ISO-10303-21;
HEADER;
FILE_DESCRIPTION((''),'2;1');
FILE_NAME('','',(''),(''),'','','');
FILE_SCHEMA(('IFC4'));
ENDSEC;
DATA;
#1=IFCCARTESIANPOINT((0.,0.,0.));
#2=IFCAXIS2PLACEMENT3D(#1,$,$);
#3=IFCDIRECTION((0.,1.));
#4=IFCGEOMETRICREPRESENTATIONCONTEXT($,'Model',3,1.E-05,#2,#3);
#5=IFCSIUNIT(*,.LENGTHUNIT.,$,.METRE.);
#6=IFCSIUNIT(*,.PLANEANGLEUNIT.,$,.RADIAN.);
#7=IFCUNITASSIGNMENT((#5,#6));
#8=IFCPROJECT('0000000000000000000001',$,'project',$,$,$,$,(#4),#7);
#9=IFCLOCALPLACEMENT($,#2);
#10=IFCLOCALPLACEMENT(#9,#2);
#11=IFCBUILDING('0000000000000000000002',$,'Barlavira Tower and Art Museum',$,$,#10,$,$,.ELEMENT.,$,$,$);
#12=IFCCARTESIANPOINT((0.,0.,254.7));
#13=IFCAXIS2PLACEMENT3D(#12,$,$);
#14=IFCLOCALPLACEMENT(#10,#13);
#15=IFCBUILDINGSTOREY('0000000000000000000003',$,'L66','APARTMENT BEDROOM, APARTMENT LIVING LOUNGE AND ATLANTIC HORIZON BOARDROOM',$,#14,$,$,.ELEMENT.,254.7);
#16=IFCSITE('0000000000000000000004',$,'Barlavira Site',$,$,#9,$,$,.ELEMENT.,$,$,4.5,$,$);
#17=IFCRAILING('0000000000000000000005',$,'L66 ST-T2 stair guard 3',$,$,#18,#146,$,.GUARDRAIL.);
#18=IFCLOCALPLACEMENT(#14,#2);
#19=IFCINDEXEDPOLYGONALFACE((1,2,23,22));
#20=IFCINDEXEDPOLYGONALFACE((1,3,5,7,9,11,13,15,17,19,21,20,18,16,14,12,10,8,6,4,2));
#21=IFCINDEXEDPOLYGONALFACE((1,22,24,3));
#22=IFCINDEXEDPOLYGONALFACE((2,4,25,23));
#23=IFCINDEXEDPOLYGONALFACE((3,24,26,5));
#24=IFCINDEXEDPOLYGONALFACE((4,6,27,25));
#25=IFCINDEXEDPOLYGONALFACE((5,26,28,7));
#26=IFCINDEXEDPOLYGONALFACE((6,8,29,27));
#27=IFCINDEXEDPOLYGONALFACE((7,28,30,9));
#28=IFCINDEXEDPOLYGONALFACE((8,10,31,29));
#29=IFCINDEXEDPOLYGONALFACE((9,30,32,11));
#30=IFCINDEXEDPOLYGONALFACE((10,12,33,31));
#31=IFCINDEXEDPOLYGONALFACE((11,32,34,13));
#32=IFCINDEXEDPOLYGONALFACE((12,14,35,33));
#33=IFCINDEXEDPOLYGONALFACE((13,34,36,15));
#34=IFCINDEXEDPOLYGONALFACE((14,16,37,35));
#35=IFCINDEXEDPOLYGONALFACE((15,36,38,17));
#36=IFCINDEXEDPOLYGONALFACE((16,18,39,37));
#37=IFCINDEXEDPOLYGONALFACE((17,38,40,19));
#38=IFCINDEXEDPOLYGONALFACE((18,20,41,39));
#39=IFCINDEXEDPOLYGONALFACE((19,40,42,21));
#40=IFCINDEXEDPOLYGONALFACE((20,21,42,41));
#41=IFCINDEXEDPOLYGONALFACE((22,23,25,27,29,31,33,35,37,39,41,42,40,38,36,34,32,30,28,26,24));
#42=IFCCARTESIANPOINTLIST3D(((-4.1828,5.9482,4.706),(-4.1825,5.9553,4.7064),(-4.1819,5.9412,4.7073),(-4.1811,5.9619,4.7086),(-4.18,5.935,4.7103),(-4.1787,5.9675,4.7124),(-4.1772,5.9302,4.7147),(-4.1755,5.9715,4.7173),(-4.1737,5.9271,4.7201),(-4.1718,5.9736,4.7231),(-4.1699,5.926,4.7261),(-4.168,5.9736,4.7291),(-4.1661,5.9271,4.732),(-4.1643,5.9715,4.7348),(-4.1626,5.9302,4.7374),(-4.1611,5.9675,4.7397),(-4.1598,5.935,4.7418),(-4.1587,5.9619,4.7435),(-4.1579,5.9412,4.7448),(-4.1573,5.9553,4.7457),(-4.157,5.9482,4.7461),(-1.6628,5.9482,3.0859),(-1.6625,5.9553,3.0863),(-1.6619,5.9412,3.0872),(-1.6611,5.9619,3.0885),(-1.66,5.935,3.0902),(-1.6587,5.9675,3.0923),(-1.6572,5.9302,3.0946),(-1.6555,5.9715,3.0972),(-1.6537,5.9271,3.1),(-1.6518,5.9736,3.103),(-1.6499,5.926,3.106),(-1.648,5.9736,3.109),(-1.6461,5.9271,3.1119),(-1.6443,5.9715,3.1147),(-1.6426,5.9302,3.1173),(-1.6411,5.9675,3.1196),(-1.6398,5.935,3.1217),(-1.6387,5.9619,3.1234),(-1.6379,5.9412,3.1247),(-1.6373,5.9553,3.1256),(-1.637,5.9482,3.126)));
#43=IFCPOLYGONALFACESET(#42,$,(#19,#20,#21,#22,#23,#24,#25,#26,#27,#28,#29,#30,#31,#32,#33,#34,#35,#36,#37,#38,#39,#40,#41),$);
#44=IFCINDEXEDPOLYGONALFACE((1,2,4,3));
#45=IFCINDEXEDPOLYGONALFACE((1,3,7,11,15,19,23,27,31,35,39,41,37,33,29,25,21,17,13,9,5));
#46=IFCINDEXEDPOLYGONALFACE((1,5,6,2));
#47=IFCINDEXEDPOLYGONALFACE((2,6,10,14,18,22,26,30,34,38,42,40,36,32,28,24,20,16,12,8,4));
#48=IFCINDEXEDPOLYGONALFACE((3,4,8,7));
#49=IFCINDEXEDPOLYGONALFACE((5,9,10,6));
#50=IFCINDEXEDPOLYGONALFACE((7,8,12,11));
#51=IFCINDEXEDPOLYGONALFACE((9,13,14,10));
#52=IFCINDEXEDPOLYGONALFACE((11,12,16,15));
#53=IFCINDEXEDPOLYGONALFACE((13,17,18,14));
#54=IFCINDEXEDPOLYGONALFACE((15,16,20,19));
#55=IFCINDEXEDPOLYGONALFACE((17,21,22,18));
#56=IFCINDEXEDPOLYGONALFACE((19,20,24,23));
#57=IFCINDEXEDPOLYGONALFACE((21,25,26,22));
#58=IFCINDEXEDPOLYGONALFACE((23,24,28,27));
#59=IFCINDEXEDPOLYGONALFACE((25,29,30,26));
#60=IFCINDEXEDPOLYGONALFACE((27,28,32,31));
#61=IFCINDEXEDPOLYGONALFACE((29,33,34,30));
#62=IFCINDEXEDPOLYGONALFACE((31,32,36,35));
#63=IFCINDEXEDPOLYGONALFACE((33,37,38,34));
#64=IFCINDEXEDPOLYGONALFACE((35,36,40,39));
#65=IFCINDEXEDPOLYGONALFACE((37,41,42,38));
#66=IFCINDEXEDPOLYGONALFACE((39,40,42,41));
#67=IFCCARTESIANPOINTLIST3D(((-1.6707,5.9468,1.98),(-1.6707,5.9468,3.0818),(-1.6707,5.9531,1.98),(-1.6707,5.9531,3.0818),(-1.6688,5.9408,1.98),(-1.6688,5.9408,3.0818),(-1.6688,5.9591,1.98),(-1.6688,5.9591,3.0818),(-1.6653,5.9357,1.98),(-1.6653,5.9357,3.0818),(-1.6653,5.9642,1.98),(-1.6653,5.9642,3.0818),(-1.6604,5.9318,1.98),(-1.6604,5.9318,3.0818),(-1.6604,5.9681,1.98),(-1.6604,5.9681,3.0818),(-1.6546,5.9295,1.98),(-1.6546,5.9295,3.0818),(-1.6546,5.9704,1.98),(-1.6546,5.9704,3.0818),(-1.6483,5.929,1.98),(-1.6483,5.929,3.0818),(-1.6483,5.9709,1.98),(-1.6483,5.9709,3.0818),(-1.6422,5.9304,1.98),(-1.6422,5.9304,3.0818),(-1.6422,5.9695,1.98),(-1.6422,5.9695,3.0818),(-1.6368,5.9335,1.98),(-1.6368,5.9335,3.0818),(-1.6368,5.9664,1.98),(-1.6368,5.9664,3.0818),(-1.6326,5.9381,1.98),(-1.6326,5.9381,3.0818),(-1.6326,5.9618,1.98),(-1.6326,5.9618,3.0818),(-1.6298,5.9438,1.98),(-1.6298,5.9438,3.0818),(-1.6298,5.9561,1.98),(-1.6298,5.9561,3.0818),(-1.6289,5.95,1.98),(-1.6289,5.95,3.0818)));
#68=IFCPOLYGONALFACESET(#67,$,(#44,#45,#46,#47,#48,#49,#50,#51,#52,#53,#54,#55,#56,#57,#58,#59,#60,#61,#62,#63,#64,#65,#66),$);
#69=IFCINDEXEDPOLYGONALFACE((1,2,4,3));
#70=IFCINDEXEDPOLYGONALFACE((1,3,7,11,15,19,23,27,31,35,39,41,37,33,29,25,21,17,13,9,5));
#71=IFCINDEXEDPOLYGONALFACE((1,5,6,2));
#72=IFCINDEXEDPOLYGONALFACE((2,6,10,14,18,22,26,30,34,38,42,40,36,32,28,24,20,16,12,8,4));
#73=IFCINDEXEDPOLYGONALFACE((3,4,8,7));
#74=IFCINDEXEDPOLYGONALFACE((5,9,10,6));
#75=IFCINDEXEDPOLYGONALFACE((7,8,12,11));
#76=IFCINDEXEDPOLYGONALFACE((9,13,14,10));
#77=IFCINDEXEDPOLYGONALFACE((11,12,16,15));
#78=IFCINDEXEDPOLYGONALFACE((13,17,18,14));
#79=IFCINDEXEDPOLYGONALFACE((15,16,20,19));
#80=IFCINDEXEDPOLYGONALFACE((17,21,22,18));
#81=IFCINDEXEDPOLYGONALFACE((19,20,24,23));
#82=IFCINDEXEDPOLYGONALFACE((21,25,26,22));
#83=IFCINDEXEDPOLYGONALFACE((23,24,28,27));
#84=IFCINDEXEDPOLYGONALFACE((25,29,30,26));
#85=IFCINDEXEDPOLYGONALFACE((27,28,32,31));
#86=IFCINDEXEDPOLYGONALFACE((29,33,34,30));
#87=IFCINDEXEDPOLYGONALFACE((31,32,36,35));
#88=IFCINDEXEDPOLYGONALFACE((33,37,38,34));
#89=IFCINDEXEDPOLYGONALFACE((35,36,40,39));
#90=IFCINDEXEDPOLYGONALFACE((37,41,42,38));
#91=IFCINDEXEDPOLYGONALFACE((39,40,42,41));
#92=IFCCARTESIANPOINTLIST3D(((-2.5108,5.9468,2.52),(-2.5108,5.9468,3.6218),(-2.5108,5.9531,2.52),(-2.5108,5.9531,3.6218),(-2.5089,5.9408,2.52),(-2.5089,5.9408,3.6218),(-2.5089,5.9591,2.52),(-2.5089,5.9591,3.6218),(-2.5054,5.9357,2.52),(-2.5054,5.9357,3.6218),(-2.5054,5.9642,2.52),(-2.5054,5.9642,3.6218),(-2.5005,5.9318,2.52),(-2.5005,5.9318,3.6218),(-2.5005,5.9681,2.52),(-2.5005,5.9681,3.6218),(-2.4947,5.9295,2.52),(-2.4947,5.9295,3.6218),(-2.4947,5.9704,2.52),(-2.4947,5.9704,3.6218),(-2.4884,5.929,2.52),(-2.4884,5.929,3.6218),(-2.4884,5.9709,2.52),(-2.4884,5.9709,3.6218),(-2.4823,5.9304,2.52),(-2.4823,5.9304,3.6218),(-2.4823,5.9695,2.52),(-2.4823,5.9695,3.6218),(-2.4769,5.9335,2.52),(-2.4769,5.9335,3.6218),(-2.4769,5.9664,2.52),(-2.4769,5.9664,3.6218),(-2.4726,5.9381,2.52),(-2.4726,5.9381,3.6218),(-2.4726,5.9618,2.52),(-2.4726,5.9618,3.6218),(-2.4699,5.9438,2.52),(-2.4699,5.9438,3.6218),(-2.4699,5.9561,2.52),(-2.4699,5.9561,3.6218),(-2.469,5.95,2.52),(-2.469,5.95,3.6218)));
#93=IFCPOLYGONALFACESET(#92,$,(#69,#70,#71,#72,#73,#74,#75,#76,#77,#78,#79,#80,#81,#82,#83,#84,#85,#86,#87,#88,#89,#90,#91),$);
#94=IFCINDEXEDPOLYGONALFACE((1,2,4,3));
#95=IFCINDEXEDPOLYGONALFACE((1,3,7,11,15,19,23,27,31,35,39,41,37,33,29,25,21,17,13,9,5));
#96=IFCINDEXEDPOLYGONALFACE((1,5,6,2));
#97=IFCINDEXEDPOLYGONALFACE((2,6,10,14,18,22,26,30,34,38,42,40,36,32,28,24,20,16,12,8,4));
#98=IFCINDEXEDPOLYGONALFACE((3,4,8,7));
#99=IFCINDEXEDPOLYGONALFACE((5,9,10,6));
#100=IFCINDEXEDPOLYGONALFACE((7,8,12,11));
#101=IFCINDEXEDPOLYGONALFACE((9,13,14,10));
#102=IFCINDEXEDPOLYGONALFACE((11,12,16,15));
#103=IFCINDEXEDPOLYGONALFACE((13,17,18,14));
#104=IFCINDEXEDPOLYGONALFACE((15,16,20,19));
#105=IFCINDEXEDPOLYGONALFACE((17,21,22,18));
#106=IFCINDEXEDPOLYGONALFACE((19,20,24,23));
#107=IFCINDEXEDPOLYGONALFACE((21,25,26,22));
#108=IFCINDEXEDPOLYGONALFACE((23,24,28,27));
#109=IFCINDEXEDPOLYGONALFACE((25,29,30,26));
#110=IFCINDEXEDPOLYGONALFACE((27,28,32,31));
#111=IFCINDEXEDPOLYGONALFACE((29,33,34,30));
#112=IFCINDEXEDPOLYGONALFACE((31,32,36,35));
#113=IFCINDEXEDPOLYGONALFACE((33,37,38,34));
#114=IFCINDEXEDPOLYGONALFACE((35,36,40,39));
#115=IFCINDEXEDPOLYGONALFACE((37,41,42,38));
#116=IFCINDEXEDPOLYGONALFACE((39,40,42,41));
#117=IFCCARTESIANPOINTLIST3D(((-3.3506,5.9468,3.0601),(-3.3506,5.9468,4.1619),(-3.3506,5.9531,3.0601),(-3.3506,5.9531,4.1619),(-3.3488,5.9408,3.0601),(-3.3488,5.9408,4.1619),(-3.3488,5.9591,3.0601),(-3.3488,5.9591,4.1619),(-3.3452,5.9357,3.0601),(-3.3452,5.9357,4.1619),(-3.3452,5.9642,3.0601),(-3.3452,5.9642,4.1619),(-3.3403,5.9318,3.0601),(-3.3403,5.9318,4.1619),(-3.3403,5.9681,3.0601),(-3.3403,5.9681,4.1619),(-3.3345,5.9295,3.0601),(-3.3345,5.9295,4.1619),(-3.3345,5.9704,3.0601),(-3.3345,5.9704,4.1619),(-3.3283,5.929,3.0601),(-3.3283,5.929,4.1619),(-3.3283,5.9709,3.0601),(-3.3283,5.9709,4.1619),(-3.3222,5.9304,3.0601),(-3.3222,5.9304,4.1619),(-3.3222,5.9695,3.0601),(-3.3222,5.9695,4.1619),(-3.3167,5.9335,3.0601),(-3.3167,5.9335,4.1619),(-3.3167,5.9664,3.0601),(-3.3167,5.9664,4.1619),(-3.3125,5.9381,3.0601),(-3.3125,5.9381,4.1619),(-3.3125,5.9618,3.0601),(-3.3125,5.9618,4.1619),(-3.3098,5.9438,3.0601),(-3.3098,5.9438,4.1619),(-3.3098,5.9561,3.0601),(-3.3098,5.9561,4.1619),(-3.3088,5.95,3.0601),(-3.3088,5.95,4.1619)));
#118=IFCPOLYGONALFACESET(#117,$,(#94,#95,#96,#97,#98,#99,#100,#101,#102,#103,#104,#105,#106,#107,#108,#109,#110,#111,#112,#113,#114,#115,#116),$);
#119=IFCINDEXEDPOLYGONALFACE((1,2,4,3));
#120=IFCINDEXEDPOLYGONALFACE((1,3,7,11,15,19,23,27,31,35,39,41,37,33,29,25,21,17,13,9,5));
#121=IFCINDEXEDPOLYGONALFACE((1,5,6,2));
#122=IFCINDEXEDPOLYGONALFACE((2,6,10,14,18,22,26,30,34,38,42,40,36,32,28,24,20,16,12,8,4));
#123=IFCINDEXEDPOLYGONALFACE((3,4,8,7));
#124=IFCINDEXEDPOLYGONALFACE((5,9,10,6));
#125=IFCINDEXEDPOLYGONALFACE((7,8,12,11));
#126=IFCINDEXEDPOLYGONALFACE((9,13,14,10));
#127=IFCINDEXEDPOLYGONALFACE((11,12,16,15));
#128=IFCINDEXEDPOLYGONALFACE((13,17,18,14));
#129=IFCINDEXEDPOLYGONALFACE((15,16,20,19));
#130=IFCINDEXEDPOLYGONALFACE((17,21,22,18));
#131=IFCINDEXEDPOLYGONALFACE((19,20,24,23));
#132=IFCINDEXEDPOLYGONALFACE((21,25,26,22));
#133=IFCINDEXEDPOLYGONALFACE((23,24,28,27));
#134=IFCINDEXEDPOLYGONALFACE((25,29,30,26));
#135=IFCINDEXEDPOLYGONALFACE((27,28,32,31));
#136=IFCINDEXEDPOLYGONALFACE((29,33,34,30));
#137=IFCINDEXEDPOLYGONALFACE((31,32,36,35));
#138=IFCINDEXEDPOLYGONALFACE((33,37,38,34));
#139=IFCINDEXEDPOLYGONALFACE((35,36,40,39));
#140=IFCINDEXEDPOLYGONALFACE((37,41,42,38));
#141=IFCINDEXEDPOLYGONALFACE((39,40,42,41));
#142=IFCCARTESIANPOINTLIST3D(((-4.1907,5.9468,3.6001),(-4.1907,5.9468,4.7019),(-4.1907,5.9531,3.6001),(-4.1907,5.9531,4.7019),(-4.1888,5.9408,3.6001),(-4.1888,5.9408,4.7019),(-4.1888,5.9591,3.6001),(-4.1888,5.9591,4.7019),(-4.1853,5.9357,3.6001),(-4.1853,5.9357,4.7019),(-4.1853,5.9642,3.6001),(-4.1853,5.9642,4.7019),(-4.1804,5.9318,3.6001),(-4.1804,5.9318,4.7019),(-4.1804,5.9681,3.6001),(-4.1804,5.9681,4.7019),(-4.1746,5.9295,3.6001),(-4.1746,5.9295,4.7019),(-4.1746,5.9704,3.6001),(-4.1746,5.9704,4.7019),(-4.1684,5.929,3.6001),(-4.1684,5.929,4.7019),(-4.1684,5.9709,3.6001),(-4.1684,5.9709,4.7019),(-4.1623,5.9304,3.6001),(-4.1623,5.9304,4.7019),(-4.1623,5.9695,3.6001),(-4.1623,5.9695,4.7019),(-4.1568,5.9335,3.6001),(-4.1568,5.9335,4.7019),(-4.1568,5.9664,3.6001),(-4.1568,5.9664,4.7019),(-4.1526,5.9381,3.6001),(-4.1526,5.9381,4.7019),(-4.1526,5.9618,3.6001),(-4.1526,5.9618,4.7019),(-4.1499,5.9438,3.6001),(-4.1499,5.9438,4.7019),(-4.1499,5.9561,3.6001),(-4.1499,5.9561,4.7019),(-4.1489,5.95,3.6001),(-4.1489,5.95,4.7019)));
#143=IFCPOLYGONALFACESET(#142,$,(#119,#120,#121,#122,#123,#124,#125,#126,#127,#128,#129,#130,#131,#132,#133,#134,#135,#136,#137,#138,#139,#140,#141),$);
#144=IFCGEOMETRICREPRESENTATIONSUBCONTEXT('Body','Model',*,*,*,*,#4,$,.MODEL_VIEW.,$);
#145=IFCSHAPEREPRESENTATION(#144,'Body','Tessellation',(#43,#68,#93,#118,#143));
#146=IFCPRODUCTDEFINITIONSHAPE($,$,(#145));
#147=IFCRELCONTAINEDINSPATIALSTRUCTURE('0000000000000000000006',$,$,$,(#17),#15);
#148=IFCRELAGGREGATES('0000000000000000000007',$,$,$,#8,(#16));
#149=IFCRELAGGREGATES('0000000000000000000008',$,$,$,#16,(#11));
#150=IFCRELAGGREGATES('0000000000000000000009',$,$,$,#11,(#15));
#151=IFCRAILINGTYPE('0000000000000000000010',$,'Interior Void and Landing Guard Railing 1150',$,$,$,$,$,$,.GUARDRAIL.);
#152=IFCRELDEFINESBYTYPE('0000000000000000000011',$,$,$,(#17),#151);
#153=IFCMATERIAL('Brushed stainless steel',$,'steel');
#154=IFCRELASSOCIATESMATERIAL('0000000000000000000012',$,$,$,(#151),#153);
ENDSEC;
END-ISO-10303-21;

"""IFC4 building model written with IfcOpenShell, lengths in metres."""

from ifc_helpers import new_model, si_unit, direction, frame, origin, origin_2d, place, context, subcontext, project, spatial, circle, extrude, material, type_object, element, save


model = new_model("IFC4")

# Units and contexts
model_context = context("Model", 3, precision=1e-05, world=origin(), true_north=direction((0.0, 1.0)))
body_context = subcontext(model_context, "Body", "Model", "MODEL_VIEW")
ifc_project = project(units=[si_unit("LENGTHUNIT", "METRE"), si_unit("PLANEANGLEUNIT", "RADIAN")], contexts=[model_context])

# Site, building, storey
site_placement = place(None, origin())
site = spatial("IfcSite", under=ifc_project, at=site_placement, Name="Barlavira Site", CompositionType="ELEMENT", RefElevation=4.5)
building_placement = place(site_placement, origin())
building = spatial("IfcBuilding", under=site, at=building_placement, Name="Barlavira Tower and Art Museum", CompositionType="ELEMENT")
storey_placement = place(building_placement, frame((0.0, 0.0, 254.7)))
storey = spatial("IfcBuildingStorey", under=building, at=storey_placement, Name="L66", Description="APARTMENT BEDROOM, APARTMENT LIVING LOUNGE AND ATLANTIC HORIZON BOARDROOM", CompositionType="ELEMENT", Elevation=254.7)

# Shared definitions
ifc_material_1 = material(Name="Brushed stainless steel", Category="steel")

# Railing
railing_type_1 = type_object("IfcRailingType", Name="Interior Void and Landing Guard Railing 1150", PredefinedType="GUARDRAIL", material=ifc_material_1)
railing_1_placement = place(storey_placement, frame((-1.6499, 5.95, 1.98)))
element("IfcRailing", 1, at=railing_1_placement, inside=storey, type_object=railing_type_1, Name="L66 ST-T2 stair guard 3", PredefinedType="GUARDRAIL", context=body_context, shape_type="SweptSolid", body=[
    extrude(circle(Radius=0.0239, at=origin_2d()), frame((0.0, 0.0, 1.126), z_axis=(-0.841163, 0.0, 0.540782), x_axis=(0.0, -1.0, 0.0)), (0.0, 0.0, 1.0), 2.9958),
    extrude(circle(Radius=0.021, at=origin_2d()), origin(), (0.0, 0.0, 1.0), 1.1018),
    extrude(circle(Radius=0.021, at=origin_2d()), frame((-0.8401, 0.0, 0.54)), (0.0, 0.0, 1.0), 1.1018),
    extrude(circle(Radius=0.021, at=origin_2d()), frame((-1.6799, 0.0, 1.0801)), (0.0, 0.0, 1.0), 1.1018),
    extrude(circle(Radius=0.021, at=origin_2d()), frame((-2.52, 0.0, 1.6201)), (0.0, 0.0, 1.0), 1.1018),
])

save(model, "model.ifc")
